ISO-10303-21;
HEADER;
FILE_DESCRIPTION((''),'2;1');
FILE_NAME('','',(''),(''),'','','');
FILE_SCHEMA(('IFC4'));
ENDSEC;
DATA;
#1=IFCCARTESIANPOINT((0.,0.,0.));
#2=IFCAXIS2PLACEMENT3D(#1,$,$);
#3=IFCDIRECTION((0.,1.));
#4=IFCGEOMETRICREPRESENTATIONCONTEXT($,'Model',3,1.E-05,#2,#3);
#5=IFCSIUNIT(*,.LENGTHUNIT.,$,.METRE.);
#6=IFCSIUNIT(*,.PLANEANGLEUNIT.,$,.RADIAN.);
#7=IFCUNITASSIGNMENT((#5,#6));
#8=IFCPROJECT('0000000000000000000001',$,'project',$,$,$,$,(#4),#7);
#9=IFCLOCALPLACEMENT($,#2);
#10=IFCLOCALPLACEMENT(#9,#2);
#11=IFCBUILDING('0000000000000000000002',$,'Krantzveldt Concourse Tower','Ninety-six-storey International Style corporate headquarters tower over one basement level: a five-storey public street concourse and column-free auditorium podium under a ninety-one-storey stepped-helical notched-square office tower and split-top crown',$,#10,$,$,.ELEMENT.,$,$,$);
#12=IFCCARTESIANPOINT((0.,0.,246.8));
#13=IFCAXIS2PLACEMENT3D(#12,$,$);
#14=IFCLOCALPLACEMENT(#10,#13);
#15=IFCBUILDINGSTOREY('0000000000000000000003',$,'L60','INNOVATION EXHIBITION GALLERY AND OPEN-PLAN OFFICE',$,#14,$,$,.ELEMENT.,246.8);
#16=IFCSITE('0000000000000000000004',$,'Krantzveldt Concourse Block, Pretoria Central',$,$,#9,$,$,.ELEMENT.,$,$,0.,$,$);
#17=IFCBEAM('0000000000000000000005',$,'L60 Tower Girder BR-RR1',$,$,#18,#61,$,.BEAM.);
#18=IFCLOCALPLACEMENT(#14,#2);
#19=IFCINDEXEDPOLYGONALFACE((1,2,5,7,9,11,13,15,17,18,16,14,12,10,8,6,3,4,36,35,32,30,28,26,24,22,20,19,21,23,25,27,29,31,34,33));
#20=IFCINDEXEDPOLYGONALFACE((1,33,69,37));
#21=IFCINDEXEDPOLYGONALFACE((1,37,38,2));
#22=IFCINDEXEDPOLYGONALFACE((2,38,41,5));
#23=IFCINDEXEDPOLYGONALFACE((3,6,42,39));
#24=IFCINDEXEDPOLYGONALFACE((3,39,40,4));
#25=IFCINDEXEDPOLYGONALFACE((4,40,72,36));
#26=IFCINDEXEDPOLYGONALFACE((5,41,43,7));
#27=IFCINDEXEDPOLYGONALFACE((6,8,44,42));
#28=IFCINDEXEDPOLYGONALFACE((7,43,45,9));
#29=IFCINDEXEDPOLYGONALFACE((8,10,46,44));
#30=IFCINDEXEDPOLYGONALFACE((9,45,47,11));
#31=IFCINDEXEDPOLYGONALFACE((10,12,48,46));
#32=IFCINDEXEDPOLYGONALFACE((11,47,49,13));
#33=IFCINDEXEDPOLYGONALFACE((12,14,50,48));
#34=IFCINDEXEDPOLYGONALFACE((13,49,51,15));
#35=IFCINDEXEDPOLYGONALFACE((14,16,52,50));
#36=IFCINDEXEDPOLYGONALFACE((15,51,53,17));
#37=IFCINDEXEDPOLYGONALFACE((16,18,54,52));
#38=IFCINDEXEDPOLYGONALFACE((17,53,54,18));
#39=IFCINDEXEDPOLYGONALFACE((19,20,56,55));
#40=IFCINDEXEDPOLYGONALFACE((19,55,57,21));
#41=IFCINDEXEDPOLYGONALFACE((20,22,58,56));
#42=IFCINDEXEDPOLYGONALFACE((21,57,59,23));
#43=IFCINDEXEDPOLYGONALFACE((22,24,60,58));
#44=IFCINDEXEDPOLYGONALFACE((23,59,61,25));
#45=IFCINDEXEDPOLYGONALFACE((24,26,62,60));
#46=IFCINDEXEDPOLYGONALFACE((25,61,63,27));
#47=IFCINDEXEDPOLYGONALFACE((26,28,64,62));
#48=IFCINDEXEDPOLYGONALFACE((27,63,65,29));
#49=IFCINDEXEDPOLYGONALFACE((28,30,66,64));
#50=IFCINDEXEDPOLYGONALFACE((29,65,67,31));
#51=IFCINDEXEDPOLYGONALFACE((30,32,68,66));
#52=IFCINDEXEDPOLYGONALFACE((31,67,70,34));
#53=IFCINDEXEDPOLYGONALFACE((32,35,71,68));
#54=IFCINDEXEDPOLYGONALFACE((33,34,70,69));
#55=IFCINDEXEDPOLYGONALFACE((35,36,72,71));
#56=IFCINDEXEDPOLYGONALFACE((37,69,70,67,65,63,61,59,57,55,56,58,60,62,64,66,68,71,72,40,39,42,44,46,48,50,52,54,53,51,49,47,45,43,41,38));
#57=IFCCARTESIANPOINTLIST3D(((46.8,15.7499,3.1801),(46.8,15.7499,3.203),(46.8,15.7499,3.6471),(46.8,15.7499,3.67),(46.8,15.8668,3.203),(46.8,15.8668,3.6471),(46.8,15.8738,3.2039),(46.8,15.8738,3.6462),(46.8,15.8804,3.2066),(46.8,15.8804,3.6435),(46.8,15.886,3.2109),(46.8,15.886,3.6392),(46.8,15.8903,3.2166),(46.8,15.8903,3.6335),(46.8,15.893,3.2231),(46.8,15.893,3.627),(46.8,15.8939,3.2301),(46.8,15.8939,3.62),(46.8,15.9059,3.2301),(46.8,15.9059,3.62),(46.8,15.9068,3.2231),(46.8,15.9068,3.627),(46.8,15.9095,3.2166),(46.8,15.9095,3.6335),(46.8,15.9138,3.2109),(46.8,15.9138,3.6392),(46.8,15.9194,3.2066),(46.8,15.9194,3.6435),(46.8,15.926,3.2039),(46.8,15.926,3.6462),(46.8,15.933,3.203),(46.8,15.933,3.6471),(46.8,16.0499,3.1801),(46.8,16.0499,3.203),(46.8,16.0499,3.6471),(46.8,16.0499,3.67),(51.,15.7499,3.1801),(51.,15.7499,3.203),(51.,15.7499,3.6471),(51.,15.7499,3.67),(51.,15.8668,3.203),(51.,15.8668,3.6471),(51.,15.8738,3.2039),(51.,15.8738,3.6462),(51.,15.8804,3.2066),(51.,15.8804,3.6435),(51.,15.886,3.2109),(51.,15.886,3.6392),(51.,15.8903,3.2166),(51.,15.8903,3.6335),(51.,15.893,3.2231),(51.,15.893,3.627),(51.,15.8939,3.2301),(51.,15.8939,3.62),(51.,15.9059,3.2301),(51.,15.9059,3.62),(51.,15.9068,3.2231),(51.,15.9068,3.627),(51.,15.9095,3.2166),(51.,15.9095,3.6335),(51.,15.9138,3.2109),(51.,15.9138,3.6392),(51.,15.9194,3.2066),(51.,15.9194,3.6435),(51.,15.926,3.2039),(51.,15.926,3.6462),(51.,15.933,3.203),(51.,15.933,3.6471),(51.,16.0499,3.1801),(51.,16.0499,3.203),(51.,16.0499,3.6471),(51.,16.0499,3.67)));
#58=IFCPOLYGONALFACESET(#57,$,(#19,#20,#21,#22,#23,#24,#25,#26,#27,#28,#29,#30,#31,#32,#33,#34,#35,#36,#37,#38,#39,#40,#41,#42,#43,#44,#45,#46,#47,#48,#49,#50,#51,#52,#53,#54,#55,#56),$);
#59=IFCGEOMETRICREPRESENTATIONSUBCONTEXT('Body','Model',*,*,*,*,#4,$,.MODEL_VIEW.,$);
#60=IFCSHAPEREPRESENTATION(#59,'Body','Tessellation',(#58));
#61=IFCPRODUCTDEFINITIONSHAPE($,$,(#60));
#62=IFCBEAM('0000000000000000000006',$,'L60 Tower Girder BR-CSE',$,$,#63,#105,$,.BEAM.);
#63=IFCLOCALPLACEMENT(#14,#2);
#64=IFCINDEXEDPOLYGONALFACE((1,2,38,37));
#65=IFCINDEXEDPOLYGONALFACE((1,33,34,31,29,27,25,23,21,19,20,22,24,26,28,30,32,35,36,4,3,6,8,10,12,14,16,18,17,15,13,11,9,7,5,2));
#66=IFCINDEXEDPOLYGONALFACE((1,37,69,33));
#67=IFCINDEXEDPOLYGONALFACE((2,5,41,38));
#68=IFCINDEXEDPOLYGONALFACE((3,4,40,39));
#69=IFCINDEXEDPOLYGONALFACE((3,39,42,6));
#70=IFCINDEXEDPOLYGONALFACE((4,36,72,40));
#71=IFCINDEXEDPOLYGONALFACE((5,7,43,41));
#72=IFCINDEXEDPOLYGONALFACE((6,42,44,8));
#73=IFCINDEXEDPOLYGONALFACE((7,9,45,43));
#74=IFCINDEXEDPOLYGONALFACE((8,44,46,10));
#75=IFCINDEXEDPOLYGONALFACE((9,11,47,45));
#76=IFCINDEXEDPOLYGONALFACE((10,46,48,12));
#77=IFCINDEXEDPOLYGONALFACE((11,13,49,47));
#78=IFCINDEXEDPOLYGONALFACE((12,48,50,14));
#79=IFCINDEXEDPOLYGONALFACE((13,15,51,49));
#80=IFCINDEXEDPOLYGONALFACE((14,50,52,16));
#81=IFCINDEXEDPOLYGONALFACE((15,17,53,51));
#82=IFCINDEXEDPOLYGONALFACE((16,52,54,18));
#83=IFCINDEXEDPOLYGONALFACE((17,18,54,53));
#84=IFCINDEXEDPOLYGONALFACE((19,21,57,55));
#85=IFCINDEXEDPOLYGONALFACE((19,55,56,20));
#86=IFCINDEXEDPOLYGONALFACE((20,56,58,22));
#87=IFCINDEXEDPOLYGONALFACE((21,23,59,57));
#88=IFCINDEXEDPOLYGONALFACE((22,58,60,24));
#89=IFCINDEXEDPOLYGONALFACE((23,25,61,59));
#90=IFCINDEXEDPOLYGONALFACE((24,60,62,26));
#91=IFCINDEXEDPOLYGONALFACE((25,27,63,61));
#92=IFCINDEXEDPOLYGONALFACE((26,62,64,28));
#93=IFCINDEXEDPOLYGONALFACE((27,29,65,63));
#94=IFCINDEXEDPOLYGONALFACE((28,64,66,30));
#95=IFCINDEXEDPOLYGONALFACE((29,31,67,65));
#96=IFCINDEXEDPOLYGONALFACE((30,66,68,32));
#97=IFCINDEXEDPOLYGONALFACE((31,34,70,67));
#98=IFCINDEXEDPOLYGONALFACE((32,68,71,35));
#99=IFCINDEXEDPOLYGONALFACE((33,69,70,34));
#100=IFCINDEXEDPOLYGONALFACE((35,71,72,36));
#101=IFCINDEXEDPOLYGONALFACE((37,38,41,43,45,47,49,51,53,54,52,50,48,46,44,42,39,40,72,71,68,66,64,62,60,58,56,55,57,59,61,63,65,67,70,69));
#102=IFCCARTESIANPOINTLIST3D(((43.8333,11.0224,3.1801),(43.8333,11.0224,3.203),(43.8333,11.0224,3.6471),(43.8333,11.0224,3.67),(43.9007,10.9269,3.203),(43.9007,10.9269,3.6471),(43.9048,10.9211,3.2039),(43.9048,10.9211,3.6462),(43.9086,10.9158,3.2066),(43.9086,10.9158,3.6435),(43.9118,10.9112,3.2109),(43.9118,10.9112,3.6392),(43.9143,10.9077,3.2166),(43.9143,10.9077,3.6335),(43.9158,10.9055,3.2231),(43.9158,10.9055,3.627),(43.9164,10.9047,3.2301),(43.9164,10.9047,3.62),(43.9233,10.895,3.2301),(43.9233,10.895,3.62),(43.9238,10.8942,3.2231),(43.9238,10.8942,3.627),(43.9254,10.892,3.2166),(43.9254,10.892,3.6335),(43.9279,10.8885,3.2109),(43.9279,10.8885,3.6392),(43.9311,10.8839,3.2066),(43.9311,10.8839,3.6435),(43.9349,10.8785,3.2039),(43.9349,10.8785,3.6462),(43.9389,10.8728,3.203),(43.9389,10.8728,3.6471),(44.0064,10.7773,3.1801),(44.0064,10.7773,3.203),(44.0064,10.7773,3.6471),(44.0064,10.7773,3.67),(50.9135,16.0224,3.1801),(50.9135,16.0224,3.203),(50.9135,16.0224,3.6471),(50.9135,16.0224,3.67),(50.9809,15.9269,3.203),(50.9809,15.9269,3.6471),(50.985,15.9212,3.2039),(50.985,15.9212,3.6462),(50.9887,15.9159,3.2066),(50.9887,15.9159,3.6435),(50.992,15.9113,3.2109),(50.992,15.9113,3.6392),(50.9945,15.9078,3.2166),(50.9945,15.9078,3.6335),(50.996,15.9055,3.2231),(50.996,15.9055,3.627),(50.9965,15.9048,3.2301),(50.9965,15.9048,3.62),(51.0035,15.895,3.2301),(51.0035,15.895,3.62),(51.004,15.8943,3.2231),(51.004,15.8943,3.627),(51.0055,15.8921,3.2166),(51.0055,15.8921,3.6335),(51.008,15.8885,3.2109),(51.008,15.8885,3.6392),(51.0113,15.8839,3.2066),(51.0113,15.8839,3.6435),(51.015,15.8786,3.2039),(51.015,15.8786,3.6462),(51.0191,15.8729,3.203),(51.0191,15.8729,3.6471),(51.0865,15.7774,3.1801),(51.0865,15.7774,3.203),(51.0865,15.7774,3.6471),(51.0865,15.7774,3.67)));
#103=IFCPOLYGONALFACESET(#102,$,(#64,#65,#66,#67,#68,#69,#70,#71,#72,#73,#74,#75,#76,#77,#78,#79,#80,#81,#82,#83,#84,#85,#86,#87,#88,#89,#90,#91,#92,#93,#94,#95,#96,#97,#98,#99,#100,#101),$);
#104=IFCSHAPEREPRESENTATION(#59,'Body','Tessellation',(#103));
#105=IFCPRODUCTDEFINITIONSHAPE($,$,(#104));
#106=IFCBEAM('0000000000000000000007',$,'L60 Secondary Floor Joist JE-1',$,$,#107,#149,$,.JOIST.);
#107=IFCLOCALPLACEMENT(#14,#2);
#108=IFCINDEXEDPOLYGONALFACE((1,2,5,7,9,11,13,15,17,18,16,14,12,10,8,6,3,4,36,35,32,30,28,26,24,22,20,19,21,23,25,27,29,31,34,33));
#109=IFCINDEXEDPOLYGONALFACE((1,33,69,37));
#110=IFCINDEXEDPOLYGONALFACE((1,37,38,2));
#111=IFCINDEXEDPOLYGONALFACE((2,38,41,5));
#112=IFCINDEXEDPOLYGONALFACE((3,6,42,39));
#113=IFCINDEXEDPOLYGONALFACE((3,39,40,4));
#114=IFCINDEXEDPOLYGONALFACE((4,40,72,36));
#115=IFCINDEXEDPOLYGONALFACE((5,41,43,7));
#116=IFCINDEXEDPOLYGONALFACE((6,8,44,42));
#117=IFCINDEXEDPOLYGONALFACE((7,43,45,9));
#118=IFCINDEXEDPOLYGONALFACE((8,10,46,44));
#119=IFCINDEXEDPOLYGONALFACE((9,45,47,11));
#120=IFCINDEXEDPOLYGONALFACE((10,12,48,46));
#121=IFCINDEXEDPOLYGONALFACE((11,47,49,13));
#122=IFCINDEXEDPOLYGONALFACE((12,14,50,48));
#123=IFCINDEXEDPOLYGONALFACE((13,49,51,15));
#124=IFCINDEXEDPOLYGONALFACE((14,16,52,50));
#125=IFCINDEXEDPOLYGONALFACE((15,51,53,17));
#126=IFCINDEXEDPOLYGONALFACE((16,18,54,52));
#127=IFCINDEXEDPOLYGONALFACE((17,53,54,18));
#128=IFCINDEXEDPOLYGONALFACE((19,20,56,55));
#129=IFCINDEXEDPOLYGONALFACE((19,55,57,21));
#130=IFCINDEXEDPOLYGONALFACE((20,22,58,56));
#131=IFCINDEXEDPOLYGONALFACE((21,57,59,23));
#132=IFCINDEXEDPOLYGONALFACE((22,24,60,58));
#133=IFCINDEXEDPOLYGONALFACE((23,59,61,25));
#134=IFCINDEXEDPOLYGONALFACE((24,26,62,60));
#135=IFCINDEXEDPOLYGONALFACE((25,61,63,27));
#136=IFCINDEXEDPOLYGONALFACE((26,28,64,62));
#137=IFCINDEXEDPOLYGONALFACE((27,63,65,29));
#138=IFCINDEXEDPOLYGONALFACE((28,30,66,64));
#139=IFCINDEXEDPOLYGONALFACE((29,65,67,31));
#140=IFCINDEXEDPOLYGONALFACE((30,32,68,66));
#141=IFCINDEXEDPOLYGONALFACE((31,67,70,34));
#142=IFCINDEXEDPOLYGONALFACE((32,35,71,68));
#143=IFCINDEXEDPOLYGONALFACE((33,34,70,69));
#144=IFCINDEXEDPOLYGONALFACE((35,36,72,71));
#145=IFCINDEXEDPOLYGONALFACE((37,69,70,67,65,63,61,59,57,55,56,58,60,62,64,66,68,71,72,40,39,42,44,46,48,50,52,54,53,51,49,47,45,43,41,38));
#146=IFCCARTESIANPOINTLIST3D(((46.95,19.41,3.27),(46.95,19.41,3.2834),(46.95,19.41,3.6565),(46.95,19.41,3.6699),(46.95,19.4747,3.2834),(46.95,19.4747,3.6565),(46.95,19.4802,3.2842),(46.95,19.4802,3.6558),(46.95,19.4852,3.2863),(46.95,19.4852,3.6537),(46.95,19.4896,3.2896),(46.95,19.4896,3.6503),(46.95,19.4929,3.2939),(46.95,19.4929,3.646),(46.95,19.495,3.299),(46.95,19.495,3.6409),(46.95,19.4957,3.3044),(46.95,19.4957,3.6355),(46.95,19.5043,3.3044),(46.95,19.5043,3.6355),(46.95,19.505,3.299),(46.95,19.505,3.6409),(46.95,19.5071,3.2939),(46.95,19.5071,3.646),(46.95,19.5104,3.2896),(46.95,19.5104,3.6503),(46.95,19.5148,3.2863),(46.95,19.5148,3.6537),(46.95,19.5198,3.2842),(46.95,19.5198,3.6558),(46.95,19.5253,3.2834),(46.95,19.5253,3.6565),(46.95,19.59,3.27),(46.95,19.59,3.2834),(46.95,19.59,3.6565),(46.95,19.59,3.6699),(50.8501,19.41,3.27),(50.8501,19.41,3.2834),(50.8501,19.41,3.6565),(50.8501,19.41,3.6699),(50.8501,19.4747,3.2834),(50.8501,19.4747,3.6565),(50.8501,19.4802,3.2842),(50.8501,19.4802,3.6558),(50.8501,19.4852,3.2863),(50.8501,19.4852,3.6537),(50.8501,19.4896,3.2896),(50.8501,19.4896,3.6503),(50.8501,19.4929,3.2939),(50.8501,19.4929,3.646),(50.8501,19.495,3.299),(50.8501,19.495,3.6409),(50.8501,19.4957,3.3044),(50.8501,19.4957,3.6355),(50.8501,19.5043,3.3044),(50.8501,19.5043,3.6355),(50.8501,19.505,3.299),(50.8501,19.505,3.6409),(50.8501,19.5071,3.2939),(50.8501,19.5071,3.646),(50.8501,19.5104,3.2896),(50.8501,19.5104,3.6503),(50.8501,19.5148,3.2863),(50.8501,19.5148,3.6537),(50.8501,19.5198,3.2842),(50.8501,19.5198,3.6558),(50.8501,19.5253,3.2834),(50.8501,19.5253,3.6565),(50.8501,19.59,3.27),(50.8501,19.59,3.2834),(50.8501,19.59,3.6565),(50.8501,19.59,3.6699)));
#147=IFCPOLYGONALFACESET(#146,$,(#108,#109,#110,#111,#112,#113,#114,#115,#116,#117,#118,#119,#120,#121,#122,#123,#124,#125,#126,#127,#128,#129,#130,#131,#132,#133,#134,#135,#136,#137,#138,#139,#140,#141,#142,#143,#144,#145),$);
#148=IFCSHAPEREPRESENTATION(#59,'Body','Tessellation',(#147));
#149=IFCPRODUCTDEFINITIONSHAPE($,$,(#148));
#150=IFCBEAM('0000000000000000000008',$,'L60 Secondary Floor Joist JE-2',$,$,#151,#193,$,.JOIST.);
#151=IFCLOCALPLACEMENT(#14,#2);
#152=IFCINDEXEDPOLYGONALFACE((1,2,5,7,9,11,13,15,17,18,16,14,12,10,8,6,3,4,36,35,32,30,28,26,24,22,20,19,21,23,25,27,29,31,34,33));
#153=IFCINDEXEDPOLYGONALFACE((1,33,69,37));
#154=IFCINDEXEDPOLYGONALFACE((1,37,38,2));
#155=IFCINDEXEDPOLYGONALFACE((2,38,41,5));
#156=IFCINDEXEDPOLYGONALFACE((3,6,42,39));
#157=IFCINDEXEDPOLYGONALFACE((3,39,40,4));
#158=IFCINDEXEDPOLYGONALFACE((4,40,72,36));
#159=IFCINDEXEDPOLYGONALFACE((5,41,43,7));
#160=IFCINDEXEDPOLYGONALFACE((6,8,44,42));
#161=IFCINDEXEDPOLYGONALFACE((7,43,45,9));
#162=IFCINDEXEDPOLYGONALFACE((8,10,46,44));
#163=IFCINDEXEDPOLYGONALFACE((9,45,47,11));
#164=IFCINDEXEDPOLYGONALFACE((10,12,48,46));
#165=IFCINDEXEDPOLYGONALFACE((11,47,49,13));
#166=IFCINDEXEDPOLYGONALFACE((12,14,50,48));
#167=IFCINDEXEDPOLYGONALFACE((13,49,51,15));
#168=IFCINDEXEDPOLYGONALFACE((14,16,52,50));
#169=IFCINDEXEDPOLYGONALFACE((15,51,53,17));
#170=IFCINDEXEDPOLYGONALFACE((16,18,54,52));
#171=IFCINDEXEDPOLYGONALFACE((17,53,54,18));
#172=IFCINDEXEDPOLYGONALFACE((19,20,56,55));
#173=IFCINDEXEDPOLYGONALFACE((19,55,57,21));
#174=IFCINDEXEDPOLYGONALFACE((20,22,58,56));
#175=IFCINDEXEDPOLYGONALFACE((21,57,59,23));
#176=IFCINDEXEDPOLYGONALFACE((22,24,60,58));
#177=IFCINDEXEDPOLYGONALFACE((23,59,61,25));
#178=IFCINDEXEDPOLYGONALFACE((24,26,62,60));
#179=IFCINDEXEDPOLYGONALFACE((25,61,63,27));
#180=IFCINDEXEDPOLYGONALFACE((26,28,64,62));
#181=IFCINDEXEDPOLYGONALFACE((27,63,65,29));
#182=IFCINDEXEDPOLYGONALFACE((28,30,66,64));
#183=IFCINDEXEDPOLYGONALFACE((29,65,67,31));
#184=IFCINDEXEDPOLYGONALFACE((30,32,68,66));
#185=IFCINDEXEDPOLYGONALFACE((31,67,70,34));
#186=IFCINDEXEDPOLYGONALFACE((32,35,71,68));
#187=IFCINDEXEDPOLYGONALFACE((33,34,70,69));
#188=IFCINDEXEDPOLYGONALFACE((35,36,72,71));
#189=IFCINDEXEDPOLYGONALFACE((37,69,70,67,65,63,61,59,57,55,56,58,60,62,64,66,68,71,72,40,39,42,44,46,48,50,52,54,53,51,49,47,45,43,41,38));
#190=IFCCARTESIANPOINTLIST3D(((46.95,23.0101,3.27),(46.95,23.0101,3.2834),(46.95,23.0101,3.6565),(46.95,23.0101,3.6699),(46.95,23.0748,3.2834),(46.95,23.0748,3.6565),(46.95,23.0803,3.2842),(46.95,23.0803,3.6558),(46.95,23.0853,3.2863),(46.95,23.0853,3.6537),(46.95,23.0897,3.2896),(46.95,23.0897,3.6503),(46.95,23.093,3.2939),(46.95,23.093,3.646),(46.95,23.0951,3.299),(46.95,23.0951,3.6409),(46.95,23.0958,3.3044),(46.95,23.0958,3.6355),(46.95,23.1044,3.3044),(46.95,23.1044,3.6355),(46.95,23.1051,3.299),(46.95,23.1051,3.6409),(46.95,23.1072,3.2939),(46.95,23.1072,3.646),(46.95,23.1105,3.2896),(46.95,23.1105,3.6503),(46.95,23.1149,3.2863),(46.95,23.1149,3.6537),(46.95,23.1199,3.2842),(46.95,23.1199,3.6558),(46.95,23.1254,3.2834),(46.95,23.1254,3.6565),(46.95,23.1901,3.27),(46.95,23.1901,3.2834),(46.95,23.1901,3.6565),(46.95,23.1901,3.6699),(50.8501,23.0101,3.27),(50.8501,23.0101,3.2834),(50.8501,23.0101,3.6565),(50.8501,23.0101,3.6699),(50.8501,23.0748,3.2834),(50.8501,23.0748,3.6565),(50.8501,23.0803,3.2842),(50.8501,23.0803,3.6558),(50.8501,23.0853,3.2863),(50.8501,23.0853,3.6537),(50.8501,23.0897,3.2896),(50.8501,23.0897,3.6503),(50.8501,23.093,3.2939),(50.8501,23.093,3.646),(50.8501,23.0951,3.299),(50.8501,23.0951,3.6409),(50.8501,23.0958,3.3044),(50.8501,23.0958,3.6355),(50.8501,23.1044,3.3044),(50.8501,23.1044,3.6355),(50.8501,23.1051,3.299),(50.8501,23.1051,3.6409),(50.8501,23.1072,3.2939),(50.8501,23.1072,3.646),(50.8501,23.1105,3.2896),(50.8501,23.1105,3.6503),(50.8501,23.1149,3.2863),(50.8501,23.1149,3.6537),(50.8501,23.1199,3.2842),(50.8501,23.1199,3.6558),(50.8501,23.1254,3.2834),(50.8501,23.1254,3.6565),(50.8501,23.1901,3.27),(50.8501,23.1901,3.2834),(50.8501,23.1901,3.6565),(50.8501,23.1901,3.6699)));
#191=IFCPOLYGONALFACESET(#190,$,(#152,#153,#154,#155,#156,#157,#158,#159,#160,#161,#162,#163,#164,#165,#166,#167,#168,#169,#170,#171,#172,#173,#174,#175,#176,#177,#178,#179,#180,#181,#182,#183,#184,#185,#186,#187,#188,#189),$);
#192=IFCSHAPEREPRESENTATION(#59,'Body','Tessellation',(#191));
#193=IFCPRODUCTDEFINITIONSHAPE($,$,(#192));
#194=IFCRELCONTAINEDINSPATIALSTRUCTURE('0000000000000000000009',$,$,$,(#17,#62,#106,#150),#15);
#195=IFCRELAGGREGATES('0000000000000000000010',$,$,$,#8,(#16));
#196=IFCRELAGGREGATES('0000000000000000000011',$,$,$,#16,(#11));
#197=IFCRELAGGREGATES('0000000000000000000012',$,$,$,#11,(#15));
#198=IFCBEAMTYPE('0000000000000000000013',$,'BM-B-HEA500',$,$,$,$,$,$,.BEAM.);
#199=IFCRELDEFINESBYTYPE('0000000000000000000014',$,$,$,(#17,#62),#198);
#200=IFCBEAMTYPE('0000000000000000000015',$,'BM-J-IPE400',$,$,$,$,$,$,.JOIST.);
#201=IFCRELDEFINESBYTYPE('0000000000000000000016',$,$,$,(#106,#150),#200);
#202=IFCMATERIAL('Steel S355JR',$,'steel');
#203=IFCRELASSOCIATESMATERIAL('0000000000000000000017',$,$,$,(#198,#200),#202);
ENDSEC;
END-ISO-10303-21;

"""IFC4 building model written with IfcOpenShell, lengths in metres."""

from ifc_helpers import new_model, si_unit, direction, frame, origin, origin_2d, place, context, subcontext, project, spatial, i_section, extrude, source, transform, mapped, material, material_profile, profile_set, type_object, type_shapes, element, save


model = new_model("IFC4")

# Units and contexts
model_context = context("Model", 3, precision=1e-05, world=origin(), true_north=direction((0.0, 1.0)))
body_context = subcontext(model_context, "Body", "Model", "MODEL_VIEW")
ifc_project = project(units=[si_unit("LENGTHUNIT", "METRE"), si_unit("PLANEANGLEUNIT", "RADIAN")], contexts=[model_context])

# Site, building, storey
site_placement = place(None, origin())
site = spatial("IfcSite", under=ifc_project, at=site_placement, Name="Krantzveldt Concourse Block, Pretoria Central", CompositionType="ELEMENT", RefElevation=0.0)
building_placement = place(site_placement, origin())
building = spatial("IfcBuilding", under=site, at=building_placement, Name="Krantzveldt Concourse Tower", Description="Ninety-six-storey International Style corporate headquarters tower over one basement level: a five-storey public street concourse and column-free auditorium podium under a ninety-one-storey stepped-helical notched-square office tower and split-top crown", CompositionType="ELEMENT")
storey_placement = place(building_placement, frame((0.0, 0.0, 246.8)))
storey = spatial("IfcBuildingStorey", under=building, at=storey_placement, Name="L60", Description="INNOVATION EXHIBITION GALLERY AND OPEN-PLAN OFFICE", CompositionType="ELEMENT", Elevation=246.8)

# Beams
ifc_material_1 = material(Name="Steel S355JR", Category="steel")
ifc_material_profile_1 = material_profile(ifc_material_1, i_section(OverallWidth=0.3, OverallDepth=0.49, WebThickness=0.012, FlangeThickness=0.0229, FilletRadius=0.0271, at=origin_2d()), Name="Steel S355JR", Category="steel")
ifc_profile_set_1 = profile_set([ifc_material_profile_1], Name="Steel S355JR - HEA 500")
beam_type_1 = type_object("IfcBeamType", Name="BM-B-HEA500", PredefinedType="BEAM", material=ifc_profile_set_1)
shared_shape_1 = source(origin(), body_context, "Body", "SweptSolid", [
    extrude(i_section(OverallWidth=0.3, OverallDepth=0.49, WebThickness=0.012, FlangeThickness=0.0229, FilletRadius=0.0271, at=origin_2d()), origin(), (0.0, 0.0, 1.0), 4.2),
])
beam_1_placement = place(storey_placement, frame((46.8, 15.8999, 3.425), z_axis=(1.0, 0.0, 0.0), x_axis=(0.0, 1.0, 0.0)))
element("IfcBeam", 1, at=beam_1_placement, inside=storey, type_object=beam_type_1, Name="L60 Tower Girder BR-RR1", PredefinedType="BEAM", context=body_context, shape_type="MappedRepresentation", body=[
    mapped(shared_shape_1, transform((0.0, 0.0, 0.0), x_axis=(1.0, 0.0, 0.0), y_axis=(0.0, 1.0, 0.0), z_axis=(0.0, 0.0, 1.0), scale=1.0)),
])
shared_shape_2 = source(origin(), body_context, "Body", "SweptSolid", [
    extrude(i_section(OverallWidth=0.3, OverallDepth=0.49, WebThickness=0.012, FlangeThickness=0.0229, FilletRadius=0.0271, at=origin_2d()), origin(), (0.0, 0.0, 1.0), 8.6677),
])
beam_2_placement = place(storey_placement, frame((51.0, 15.8999, 3.425), z_axis=(-0.816843, -0.57686, 0.0), x_axis=(0.57686, -0.816843, 0.0)))
element("IfcBeam", 2, at=beam_2_placement, inside=storey, type_object=beam_type_1, Name="L60 Tower Girder BR-CSE", PredefinedType="BEAM", context=body_context, shape_type="MappedRepresentation", body=[
    mapped(shared_shape_2, transform((0.0, 0.0, 0.0), x_axis=(1.0, 0.0, 0.0), y_axis=(0.0, 1.0, 0.0), z_axis=(0.0, 0.0, 1.0), scale=1.0)),
])
ifc_material_profile_2 = material_profile(ifc_material_1, i_section(OverallWidth=0.1799, OverallDepth=0.3999, WebThickness=0.0085, FlangeThickness=0.0134, FilletRadius=0.021, at=origin_2d()), Name="Steel S355JR", Category="steel")
ifc_profile_set_2 = profile_set([ifc_material_profile_2], Name="Steel S355JR - IPE 400")
beam_type_2 = type_object("IfcBeamType", Name="BM-J-IPE400", PredefinedType="JOIST", material=ifc_profile_set_2)
shared_shape_3 = source(origin(), body_context, "Body", "SweptSolid", [
    extrude(i_section(OverallWidth=0.1799, OverallDepth=0.3999, WebThickness=0.0085, FlangeThickness=0.0134, FilletRadius=0.021, at=origin_2d()), origin(), (0.0, 0.0, 1.0), 3.9001),
])
type_shapes(beam_type_2, [shared_shape_3])
for number, where, z_axis, x_axis, name in (
    (3, (46.95, 19.5, 3.47), (1.0, 0.0, 0.0), (0.0, 1.0, 0.0), "L60 Secondary Floor Joist JE-1"),
    (4, (46.95, 23.1001, 3.47), (1.0, 0.0, 0.0), (0.0, 1.0, 0.0), "L60 Secondary Floor Joist JE-2"),
):
    element("IfcBeam", number, at=place(storey_placement, frame(where, z_axis=z_axis, x_axis=x_axis)), inside=storey, type_object=beam_type_2, Name=name, PredefinedType="JOIST", context=body_context, shape_type="MappedRepresentation", body=[
        mapped(shared_shape_3, transform((0.0, 0.0, 0.0), x_axis=(1.0, 0.0, 0.0), y_axis=(0.0, 1.0, 0.0), z_axis=(0.0, 0.0, 1.0), scale=1.0)),
    ])

save(model, "model.ifc")
